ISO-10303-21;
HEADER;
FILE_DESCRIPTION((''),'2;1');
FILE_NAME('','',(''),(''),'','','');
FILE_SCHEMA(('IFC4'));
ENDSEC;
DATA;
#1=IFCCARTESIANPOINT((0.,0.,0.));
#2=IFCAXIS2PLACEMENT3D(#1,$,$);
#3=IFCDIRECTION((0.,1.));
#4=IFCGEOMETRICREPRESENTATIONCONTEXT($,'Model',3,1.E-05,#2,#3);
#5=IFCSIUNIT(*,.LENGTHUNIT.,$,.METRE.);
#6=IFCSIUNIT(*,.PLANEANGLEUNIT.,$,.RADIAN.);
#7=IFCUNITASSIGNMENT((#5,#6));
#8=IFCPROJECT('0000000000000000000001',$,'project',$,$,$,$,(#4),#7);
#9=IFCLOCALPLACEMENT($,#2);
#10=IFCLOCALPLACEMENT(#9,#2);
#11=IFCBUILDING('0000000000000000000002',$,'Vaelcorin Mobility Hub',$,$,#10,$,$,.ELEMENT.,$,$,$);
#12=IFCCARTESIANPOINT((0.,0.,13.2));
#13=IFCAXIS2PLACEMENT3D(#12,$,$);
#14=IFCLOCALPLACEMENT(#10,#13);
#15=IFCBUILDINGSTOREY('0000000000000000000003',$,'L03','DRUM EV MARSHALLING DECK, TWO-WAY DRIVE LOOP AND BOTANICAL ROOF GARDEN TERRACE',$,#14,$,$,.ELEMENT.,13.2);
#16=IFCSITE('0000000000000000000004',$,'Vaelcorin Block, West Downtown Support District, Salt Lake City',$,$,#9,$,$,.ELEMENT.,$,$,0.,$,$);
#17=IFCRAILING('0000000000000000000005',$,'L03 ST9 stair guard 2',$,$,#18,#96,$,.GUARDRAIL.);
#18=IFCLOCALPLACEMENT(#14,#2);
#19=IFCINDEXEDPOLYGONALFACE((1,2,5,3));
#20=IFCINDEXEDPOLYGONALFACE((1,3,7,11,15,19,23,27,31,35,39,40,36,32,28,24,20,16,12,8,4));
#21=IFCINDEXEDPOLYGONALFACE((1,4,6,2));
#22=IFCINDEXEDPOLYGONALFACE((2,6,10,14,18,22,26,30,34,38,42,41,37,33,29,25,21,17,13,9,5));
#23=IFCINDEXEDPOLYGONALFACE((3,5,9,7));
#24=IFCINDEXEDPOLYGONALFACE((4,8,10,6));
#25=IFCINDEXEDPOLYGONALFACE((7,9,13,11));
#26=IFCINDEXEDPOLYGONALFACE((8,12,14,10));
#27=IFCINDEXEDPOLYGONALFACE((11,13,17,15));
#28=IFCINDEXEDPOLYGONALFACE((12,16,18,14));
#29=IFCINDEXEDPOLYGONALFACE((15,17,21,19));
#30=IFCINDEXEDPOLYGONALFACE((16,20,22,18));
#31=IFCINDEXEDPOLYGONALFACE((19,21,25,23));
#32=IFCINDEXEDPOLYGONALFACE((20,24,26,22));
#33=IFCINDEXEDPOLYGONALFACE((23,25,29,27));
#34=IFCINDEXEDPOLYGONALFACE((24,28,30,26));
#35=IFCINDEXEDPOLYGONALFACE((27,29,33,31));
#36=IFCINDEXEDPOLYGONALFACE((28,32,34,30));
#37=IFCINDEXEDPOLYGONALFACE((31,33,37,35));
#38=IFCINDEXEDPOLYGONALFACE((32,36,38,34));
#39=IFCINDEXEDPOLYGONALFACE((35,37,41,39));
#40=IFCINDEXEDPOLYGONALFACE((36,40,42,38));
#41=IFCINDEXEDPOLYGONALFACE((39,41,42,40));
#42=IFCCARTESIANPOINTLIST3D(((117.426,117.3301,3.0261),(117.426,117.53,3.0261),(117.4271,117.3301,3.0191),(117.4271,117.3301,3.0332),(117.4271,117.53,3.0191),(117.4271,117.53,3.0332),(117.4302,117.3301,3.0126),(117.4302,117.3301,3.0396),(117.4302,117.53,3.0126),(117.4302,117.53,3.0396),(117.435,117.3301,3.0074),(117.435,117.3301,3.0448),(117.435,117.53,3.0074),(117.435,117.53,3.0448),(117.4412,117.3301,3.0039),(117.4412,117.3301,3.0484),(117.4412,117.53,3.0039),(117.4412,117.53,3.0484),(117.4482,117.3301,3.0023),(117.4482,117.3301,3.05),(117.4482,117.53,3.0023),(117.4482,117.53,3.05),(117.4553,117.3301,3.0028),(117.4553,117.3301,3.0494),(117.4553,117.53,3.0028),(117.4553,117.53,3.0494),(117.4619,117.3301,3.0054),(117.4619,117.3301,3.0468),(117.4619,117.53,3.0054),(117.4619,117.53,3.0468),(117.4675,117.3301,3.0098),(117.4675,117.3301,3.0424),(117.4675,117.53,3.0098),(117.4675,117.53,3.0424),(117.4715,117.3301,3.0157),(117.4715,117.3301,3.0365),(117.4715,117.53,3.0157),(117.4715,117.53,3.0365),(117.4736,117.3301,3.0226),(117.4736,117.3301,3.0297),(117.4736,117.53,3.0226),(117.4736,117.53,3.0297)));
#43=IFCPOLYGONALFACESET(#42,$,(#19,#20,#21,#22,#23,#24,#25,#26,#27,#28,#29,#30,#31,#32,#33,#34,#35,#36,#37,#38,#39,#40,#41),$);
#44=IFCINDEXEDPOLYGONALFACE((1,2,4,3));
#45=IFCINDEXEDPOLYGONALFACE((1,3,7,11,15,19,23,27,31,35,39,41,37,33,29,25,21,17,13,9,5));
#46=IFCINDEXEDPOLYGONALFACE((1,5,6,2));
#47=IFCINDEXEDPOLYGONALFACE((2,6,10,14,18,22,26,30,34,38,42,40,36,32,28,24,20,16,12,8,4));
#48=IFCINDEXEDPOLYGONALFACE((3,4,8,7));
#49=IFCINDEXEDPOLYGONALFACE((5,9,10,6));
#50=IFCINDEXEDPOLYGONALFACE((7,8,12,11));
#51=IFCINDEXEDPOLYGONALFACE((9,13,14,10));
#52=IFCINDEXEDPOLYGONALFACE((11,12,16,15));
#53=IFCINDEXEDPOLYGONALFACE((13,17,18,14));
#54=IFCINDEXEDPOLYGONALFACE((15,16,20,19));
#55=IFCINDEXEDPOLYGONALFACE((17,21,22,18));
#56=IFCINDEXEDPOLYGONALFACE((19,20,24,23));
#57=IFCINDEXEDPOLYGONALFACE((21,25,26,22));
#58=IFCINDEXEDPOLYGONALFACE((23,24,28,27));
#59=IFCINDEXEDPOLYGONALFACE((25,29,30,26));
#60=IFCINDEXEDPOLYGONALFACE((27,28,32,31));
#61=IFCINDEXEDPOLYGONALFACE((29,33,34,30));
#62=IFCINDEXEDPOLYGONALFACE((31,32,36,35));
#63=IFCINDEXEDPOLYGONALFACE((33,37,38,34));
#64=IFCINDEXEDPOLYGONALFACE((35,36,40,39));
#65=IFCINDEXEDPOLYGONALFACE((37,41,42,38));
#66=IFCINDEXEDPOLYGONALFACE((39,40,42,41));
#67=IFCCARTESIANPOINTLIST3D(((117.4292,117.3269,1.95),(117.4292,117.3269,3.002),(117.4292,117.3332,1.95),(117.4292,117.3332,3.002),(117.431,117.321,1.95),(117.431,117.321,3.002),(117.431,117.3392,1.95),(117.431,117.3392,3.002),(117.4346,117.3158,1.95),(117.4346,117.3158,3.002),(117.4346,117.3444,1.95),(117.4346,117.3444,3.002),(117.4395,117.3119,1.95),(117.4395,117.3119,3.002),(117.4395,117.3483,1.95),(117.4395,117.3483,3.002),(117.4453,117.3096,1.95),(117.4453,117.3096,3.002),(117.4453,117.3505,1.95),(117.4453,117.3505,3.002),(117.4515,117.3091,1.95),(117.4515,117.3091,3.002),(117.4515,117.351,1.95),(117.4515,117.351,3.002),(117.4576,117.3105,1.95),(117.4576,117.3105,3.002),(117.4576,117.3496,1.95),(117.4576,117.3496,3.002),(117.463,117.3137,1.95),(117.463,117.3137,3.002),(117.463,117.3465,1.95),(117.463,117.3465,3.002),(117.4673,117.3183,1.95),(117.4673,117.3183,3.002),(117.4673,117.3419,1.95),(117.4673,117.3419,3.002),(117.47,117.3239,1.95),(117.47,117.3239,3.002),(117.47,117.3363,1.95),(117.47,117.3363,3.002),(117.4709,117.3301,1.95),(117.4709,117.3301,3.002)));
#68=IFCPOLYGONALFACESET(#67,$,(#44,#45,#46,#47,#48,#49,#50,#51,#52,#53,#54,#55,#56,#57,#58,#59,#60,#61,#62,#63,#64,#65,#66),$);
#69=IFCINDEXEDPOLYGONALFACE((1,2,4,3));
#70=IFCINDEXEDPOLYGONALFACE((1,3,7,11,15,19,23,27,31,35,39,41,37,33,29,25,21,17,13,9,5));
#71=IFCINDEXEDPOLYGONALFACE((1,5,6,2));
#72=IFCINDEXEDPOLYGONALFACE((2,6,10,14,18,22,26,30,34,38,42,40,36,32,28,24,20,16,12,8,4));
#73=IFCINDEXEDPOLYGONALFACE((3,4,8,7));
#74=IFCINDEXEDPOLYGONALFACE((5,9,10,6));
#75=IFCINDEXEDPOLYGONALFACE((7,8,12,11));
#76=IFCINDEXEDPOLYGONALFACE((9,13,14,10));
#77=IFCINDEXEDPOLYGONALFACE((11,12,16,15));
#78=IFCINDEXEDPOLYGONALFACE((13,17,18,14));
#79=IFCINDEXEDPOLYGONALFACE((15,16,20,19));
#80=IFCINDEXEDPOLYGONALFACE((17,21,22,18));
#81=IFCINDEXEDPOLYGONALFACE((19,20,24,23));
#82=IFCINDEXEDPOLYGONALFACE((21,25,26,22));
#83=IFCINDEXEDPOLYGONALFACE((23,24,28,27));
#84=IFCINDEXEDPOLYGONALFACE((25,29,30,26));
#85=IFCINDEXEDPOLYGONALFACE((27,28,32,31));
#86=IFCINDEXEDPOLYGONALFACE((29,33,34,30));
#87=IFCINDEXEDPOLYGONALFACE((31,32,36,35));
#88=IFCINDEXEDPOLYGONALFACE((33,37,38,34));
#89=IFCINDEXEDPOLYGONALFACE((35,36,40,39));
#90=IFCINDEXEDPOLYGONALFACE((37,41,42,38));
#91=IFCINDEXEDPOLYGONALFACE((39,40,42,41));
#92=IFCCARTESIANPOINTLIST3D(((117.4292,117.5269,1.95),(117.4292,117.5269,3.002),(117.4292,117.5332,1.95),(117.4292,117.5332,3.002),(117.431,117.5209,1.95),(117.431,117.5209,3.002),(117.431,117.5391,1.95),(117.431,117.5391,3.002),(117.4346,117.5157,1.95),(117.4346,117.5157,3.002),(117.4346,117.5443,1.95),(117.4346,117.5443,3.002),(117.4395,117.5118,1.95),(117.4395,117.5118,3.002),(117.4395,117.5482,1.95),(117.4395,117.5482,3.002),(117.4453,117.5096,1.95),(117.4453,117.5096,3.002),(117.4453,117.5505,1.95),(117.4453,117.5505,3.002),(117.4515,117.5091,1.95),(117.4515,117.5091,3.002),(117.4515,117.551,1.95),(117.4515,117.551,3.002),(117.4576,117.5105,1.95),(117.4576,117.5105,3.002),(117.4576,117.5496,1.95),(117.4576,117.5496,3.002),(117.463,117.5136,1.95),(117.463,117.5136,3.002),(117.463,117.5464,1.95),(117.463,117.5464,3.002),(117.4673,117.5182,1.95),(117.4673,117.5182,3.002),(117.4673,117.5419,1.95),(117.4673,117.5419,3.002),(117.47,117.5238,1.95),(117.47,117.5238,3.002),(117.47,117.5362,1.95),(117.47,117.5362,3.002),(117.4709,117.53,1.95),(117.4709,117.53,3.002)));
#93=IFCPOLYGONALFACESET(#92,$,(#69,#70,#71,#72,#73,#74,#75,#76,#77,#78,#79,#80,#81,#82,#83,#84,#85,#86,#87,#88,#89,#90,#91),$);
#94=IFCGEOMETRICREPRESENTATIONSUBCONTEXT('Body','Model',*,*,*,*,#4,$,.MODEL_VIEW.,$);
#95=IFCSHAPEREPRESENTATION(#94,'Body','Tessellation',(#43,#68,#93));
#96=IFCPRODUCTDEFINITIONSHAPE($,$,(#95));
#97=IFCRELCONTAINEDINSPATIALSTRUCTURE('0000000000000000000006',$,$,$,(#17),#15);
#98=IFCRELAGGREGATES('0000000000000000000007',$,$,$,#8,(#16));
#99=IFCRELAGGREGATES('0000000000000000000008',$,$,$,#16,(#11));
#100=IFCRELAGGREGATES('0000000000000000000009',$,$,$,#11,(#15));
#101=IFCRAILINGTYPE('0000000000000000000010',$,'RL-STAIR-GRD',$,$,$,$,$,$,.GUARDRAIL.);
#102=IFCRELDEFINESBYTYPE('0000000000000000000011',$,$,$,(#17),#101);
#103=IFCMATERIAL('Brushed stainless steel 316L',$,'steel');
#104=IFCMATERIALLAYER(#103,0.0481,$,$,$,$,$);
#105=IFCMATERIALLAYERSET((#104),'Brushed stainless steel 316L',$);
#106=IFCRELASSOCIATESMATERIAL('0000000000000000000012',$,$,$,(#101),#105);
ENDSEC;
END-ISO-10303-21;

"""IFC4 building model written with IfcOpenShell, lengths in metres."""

from ifc_helpers import new_model, si_unit, direction, frame, origin, origin_2d, place, context, subcontext, project, spatial, circle, extrude, material, layer, layer_set, type_object, element, save


model = new_model("IFC4")

# Units and contexts
model_context = context("Model", 3, precision=1e-05, world=origin(), true_north=direction((0.0, 1.0)))
body_context = subcontext(model_context, "Body", "Model", "MODEL_VIEW")
ifc_project = project(units=[si_unit("LENGTHUNIT", "METRE"), si_unit("PLANEANGLEUNIT", "RADIAN")], contexts=[model_context])

# Site, building, storey
site_placement = place(None, origin())
site = spatial("IfcSite", under=ifc_project, at=site_placement, Name="Vaelcorin Block, West Downtown Support District, Salt Lake City", CompositionType="ELEMENT", RefElevation=0.0)
building_placement = place(site_placement, origin())
building = spatial("IfcBuilding", under=site, at=building_placement, Name="Vaelcorin Mobility Hub", CompositionType="ELEMENT")
storey_placement = place(building_placement, frame((0.0, 0.0, 13.2)))
storey = spatial("IfcBuildingStorey", under=building, at=storey_placement, Name="L03", Description="DRUM EV MARSHALLING DECK, TWO-WAY DRIVE LOOP AND BOTANICAL ROOF GARDEN TERRACE", CompositionType="ELEMENT", Elevation=13.2)

# Railing
ifc_material_1 = material(Name="Brushed stainless steel 316L", Category="steel")
ifc_layer_1 = layer(ifc_material_1, 0.0481)
ifc_layer_set_1 = layer_set([ifc_layer_1], Name="Brushed stainless steel 316L")
railing_type_1 = type_object("IfcRailingType", Name="RL-STAIR-GRD", PredefinedType="GUARDRAIL", material=ifc_layer_set_1)
railing_1_placement = place(storey_placement, frame((117.45, 117.3301, 1.95)))
element("IfcRailing", 1, at=railing_1_placement, inside=storey, type_object=railing_type_1, Name="L03 ST9 stair guard 2", PredefinedType="GUARDRAIL", context=body_context, shape_type="SweptSolid", body=[
    extrude(circle(Radius=0.0239, at=origin_2d()), frame((0.0, 0.0, 1.0762), z_axis=(0.0, 1.0, 0.0), x_axis=(-1.0, 0.0, 0.0)), (0.0, 0.0, 1.0), 0.2),
    extrude(circle(Radius=0.021, at=origin_2d()), origin(), (0.0, 0.0, 1.0), 1.052),
    extrude(circle(Radius=0.021, at=origin_2d()), frame((0.0, 0.2, 0.0)), (0.0, 0.0, 1.0), 1.052),
])

save(model, "model.ifc")
